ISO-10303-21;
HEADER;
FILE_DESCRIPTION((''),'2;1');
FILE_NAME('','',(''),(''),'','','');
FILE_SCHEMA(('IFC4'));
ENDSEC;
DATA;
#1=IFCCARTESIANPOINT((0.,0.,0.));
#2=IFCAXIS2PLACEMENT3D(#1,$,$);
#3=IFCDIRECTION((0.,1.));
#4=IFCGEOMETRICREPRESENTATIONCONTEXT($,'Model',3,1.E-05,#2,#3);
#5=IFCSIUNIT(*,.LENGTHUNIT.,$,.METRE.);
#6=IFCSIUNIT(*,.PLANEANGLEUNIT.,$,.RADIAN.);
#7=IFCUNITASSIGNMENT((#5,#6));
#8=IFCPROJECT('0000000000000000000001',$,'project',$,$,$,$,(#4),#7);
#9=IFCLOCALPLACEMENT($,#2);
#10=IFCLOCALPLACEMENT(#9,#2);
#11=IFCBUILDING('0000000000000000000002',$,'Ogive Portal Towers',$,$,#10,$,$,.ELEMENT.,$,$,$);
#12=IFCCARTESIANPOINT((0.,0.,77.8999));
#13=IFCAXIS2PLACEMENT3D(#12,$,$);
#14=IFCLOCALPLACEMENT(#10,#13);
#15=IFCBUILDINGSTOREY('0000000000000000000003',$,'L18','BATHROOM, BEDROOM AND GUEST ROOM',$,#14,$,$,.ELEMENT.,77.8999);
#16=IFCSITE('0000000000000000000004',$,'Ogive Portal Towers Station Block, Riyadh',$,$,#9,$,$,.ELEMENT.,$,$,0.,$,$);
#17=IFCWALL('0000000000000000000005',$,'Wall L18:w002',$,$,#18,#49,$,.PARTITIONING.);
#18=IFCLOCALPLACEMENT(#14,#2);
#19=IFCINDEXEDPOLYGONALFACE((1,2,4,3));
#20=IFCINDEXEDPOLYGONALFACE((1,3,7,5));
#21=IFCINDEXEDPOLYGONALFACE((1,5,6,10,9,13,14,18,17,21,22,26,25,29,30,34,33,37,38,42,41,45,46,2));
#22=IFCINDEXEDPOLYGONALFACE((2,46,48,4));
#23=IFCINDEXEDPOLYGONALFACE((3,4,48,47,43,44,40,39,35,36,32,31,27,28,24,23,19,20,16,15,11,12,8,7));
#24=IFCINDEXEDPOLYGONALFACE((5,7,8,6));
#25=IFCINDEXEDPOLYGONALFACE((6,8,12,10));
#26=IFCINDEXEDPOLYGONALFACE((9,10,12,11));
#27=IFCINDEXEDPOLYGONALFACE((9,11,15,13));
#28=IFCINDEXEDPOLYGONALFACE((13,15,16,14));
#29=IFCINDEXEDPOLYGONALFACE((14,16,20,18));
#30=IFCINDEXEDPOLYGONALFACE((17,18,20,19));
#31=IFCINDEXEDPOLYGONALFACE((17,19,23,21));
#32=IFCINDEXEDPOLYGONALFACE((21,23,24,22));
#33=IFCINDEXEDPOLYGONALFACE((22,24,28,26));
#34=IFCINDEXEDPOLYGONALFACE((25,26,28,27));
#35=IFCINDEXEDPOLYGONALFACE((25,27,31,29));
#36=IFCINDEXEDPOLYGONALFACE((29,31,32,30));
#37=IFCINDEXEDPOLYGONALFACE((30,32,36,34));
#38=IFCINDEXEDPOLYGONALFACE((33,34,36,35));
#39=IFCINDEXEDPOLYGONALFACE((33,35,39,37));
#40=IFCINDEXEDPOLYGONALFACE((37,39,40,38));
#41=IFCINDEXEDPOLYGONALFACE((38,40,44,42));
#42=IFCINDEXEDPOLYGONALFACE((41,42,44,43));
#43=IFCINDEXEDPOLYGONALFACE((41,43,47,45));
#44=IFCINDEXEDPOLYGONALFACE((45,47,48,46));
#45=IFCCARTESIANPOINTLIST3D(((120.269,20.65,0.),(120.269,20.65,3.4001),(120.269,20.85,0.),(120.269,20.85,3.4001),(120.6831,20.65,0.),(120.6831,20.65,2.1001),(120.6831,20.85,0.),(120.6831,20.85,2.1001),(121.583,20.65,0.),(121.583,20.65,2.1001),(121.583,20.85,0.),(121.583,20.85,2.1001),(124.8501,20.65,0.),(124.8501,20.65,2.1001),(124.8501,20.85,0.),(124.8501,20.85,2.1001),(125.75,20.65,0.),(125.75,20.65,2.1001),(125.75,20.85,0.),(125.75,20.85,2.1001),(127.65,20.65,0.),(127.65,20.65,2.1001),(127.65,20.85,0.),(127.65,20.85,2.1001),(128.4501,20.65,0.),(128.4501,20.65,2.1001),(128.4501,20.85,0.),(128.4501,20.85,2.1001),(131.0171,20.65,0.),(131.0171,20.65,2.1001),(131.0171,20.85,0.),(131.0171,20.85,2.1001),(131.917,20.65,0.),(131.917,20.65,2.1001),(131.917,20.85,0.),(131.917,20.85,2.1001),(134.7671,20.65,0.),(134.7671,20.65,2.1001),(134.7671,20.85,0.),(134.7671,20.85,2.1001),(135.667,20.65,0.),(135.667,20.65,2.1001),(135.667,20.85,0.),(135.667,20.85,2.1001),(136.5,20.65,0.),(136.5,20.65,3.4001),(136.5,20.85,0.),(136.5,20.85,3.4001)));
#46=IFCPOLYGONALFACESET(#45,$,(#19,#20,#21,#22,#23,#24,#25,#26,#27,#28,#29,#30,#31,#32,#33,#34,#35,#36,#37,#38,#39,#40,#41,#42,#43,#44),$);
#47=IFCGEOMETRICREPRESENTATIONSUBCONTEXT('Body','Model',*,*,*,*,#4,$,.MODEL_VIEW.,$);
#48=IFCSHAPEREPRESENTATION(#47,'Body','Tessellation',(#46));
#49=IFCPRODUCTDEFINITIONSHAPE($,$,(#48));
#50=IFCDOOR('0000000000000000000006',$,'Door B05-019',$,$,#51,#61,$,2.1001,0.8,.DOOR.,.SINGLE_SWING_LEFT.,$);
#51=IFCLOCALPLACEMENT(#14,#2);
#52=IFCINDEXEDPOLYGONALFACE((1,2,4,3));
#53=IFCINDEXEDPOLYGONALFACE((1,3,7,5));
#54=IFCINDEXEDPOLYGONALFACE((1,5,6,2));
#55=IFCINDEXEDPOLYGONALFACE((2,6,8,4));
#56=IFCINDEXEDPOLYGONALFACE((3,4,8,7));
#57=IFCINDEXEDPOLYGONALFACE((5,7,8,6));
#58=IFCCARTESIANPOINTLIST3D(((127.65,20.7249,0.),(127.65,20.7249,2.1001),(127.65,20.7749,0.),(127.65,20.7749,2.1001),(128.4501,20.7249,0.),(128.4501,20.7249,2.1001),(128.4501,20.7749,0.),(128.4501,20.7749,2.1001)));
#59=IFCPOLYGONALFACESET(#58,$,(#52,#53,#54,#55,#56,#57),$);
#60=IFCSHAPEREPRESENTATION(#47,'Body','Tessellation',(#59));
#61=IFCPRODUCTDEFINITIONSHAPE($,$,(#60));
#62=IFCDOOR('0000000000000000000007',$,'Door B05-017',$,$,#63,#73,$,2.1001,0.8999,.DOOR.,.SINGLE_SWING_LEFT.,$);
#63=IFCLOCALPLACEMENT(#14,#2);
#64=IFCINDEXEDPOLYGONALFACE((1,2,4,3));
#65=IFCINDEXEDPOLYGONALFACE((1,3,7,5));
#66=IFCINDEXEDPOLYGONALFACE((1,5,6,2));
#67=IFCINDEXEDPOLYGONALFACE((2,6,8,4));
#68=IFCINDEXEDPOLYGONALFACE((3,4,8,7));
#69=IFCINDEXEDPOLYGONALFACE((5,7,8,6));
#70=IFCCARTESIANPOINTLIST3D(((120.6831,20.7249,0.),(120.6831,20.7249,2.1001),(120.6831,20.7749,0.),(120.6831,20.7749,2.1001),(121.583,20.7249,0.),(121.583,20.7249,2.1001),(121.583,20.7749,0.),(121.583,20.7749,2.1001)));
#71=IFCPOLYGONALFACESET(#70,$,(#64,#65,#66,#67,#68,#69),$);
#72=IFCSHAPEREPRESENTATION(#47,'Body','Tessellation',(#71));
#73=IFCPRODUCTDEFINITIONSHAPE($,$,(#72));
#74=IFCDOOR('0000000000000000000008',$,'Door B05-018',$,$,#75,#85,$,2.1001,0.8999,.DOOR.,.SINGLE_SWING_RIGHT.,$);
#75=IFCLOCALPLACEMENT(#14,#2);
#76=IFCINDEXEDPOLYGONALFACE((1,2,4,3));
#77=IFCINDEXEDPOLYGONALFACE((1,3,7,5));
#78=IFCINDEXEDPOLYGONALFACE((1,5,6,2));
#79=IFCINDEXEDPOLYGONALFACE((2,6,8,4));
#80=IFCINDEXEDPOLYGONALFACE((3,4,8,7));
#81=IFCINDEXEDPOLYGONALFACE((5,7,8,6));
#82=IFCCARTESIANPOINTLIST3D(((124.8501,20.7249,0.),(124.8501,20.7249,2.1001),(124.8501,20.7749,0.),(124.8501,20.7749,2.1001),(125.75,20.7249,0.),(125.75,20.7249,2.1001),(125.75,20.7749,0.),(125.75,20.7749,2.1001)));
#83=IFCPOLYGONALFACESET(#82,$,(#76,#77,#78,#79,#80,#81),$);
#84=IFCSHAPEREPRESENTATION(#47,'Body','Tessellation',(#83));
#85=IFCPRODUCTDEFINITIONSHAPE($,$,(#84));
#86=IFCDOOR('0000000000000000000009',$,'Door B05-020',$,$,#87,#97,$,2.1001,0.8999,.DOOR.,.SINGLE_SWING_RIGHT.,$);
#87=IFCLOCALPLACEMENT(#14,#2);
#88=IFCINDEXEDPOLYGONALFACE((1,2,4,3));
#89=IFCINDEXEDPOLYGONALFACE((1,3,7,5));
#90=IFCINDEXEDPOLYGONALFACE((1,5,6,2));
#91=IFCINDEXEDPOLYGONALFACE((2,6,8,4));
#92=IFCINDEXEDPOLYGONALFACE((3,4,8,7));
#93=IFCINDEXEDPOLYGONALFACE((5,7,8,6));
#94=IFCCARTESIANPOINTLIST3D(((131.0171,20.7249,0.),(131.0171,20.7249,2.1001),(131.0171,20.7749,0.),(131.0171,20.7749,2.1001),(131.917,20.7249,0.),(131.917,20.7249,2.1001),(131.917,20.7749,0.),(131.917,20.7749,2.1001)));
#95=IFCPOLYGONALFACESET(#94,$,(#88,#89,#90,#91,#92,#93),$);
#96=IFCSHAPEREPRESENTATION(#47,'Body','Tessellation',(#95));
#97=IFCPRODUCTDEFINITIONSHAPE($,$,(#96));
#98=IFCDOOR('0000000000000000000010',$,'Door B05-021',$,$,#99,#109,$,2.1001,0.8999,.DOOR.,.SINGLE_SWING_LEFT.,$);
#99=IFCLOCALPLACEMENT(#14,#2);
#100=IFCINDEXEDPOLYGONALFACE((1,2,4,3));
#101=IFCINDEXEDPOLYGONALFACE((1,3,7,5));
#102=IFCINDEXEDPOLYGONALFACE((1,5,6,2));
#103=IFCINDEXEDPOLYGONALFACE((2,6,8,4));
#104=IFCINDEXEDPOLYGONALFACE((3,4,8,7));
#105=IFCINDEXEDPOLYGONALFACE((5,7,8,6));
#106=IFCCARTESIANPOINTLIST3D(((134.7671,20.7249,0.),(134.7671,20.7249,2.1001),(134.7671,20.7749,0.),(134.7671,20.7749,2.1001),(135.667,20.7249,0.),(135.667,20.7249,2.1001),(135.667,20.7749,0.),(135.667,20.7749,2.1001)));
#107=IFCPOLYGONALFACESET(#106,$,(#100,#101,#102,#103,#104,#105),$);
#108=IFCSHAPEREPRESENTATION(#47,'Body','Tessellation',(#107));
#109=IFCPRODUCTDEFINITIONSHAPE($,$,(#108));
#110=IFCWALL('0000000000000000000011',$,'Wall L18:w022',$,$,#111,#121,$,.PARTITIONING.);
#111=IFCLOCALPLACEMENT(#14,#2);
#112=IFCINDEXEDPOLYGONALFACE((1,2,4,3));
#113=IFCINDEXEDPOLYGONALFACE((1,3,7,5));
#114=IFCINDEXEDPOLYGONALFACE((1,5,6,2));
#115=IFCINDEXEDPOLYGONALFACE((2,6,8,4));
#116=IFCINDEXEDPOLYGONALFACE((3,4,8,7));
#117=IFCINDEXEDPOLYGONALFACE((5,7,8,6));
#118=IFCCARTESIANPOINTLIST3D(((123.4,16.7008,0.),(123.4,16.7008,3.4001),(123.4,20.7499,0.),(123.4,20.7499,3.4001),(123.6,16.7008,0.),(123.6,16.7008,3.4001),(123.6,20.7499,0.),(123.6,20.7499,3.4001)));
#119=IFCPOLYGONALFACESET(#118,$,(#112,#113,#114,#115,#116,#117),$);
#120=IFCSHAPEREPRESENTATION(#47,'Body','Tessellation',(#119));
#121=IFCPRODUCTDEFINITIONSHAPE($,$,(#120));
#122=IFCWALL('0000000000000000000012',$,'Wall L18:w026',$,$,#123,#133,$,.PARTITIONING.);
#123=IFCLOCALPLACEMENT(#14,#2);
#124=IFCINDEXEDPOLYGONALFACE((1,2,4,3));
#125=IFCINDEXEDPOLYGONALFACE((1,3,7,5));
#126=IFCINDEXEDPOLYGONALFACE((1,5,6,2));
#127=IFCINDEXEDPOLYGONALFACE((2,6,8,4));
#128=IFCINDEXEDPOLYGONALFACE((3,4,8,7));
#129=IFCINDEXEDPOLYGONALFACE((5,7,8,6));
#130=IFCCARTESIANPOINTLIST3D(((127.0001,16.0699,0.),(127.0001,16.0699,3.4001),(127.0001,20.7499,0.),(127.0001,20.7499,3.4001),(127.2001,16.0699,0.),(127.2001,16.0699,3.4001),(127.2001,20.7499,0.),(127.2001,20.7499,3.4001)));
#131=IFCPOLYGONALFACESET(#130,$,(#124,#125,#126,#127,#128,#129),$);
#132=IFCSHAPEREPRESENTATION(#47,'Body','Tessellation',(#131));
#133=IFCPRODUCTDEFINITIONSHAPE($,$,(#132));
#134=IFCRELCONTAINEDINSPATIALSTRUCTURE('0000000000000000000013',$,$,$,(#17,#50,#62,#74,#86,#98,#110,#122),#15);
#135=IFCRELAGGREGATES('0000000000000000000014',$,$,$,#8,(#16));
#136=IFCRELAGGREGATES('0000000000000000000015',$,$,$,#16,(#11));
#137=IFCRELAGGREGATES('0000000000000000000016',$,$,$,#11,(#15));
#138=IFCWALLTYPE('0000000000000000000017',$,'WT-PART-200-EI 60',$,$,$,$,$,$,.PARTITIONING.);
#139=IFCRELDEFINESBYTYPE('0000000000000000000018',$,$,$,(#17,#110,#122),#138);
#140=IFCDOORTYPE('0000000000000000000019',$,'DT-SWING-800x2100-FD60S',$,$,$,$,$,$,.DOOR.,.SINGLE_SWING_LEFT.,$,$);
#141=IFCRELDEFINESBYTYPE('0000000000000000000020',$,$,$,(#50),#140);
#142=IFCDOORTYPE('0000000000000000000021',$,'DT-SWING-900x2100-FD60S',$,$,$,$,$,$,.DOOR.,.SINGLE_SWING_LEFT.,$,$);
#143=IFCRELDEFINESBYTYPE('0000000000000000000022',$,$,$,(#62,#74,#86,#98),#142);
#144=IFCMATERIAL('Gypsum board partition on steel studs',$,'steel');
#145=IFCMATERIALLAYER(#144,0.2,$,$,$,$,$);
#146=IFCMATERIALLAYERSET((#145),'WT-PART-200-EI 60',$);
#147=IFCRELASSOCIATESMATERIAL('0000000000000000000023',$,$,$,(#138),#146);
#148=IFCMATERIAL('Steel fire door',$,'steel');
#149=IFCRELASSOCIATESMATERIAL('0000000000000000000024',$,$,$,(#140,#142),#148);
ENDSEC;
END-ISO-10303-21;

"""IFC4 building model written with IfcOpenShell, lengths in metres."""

from ifc_helpers import new_model, si_unit, direction, frame, frame_2d, origin, place, context, subcontext, project, spatial, rectangle, extrude, material, layer, layer_set, type_object, element, fill, save


model = new_model("IFC4")

# Units and contexts
model_context = context("Model", 3, precision=1e-05, world=origin(), true_north=direction((0.0, 1.0)))
body_context = subcontext(model_context, "Body", "Model", "MODEL_VIEW")
ifc_project = project(units=[si_unit("LENGTHUNIT", "METRE"), si_unit("PLANEANGLEUNIT", "RADIAN")], contexts=[model_context])

# Site, building, storey
site_placement = place(None, origin())
site = spatial("IfcSite", under=ifc_project, at=site_placement, Name="Ogive Portal Towers Station Block, Riyadh", CompositionType="ELEMENT", RefElevation=0.0)
building_placement = place(site_placement, origin())
building = spatial("IfcBuilding", under=site, at=building_placement, Name="Ogive Portal Towers", CompositionType="ELEMENT")
storey_placement = place(building_placement, frame((0.0, 0.0, 77.8999)))
storey = spatial("IfcBuildingStorey", under=building, at=storey_placement, Name="L18", Description="BATHROOM, BEDROOM AND GUEST ROOM", CompositionType="ELEMENT", Elevation=77.8999)

# Wall, openings, doors
ifc_material_1 = material(Name="Gypsum board partition on steel studs", Category="steel")
ifc_layer_1 = layer(ifc_material_1, 0.2)
ifc_layer_set_1 = layer_set([ifc_layer_1], Name="WT-PART-200-EI 60")
wall_type = type_object("IfcWallType", Name="WT-PART-200-EI 60", PredefinedType="PARTITIONING", material=ifc_layer_set_1)
wall_1_placement = place(storey_placement, frame((120.269, 20.75, 0.0), z_axis=(0.0, 0.0, 1.0), x_axis=(1.0, 0.0, 0.0)))
wall_1 = element("IfcWall", 1, at=wall_1_placement, inside=storey, type_object=wall_type, Name="Wall L18:w002", PredefinedType="PARTITIONING", context=body_context, shape_type="SweptSolid", body=[
    extrude(rectangle(XDim=16.231, YDim=0.2, at=frame_2d((8.1155, 0.0))), origin(), (0.0, 0.0, 1.0), 3.4001),
])
opening_1_placement = place(wall_1_placement, frame((0.4141, 0.0, 0.0)))
opening_1 = element("IfcOpeningElement", 2, at=opening_1_placement, cuts=wall_1, PredefinedType="OPENING", context=body_context, shape_type="SweptSolid", body=[
    extrude(rectangle(XDim=0.8999, YDim=2.1001, at=frame_2d((0.45, 1.05))), frame((0.0, 0.1099, 0.0), z_axis=(0.0, -1.0, 0.0), x_axis=(1.0, 0.0, 0.0)), (0.0, 0.0, 1.0), 0.22),
])
opening_2_placement = place(wall_1_placement, frame((4.5811, 0.0, 0.0)))
opening_2 = element("IfcOpeningElement", 3, at=opening_2_placement, cuts=wall_1, PredefinedType="OPENING", context=body_context, shape_type="SweptSolid", body=[
    extrude(rectangle(XDim=0.8999, YDim=2.1001, at=frame_2d((0.45, 1.05))), frame((0.0, 0.1099, 0.0), z_axis=(0.0, -1.0, 0.0), x_axis=(1.0, 0.0, 0.0)), (0.0, 0.0, 1.0), 0.22),
])
opening_3_placement = place(wall_1_placement, frame((7.3811, 0.0, 0.0)))
opening_3 = element("IfcOpeningElement", 4, at=opening_3_placement, cuts=wall_1, PredefinedType="OPENING", context=body_context, shape_type="SweptSolid", body=[
    extrude(rectangle(XDim=0.8, YDim=2.1001, at=frame_2d((0.3999, 1.05))), frame((0.0, 0.1099, 0.0), z_axis=(0.0, -1.0, 0.0), x_axis=(1.0, 0.0, 0.0)), (0.0, 0.0, 1.0), 0.22),
])
opening_4_placement = place(wall_1_placement, frame((10.748, 0.0, 0.0)))
opening_4 = element("IfcOpeningElement", 5, at=opening_4_placement, cuts=wall_1, PredefinedType="OPENING", context=body_context, shape_type="SweptSolid", body=[
    extrude(rectangle(XDim=0.8999, YDim=2.1001, at=frame_2d((0.45, 1.05))), frame((0.0, 0.1099, 0.0), z_axis=(0.0, -1.0, 0.0), x_axis=(1.0, 0.0, 0.0)), (0.0, 0.0, 1.0), 0.22),
])
opening_5_placement = place(wall_1_placement, frame((14.498, 0.0, 0.0)))
opening_5 = element("IfcOpeningElement", 6, at=opening_5_placement, cuts=wall_1, PredefinedType="OPENING", context=body_context, shape_type="SweptSolid", body=[
    extrude(rectangle(XDim=0.8999, YDim=2.1001, at=frame_2d((0.45, 1.05))), frame((0.0, 0.1099, 0.0), z_axis=(0.0, -1.0, 0.0), x_axis=(1.0, 0.0, 0.0)), (0.0, 0.0, 1.0), 0.22),
])
ifc_material_2 = material(Name="Steel fire door", Category="steel")
door_type_1 = type_object("IfcDoorType", Name="DT-SWING-800x2100-FD60S", OperationType="SINGLE_SWING_LEFT", PredefinedType="DOOR", material=ifc_material_2)
door_1_placement = place(opening_3_placement, origin())
door_1 = element("IfcDoor", 7, at=door_1_placement, inside=storey, type_object=door_type_1, Name="Door B05-019", OperationType="SINGLE_SWING_LEFT", OverallHeight=2.1001, OverallWidth=0.8, PredefinedType="DOOR", context=body_context, shape_type="SweptSolid", body=[
    extrude(rectangle(XDim=0.8, YDim=2.1001, at=frame_2d((0.3999, 1.05))), frame((0.0, 0.0249, 0.0), z_axis=(0.0, -1.0, 0.0), x_axis=(1.0, 0.0, 0.0)), (0.0, 0.0, 1.0), 0.05),
])
fill(opening_3, door_1)
door_type_2 = type_object("IfcDoorType", Name="DT-SWING-900x2100-FD60S", OperationType="SINGLE_SWING_LEFT", PredefinedType="DOOR", material=ifc_material_2)
door_2_placement = place(opening_1_placement, origin())
door_2 = element("IfcDoor", 8, at=door_2_placement, inside=storey, type_object=door_type_2, Name="Door B05-017", OperationType="SINGLE_SWING_LEFT", OverallHeight=2.1001, OverallWidth=0.8999, PredefinedType="DOOR", context=body_context, shape_type="SweptSolid", body=[
    extrude(rectangle(XDim=0.8999, YDim=2.1001, at=frame_2d((0.45, 1.05))), frame((0.0, 0.0249, 0.0), z_axis=(0.0, -1.0, 0.0), x_axis=(1.0, 0.0, 0.0)), (0.0, 0.0, 1.0), 0.05),
])
fill(opening_1, door_2)
door_3_placement = place(opening_2_placement, origin())
door_3 = element("IfcDoor", 9, at=door_3_placement, inside=storey, type_object=door_type_2, Name="Door B05-018", OperationType="SINGLE_SWING_RIGHT", OverallHeight=2.1001, OverallWidth=0.8999, PredefinedType="DOOR", context=body_context, shape_type="SweptSolid", body=[
    extrude(rectangle(XDim=0.8999, YDim=2.1001, at=frame_2d((0.45, 1.05))), frame((0.0, 0.0249, 0.0), z_axis=(0.0, -1.0, 0.0), x_axis=(1.0, 0.0, 0.0)), (0.0, 0.0, 1.0), 0.05),
])
fill(opening_2, door_3)
door_4_placement = place(opening_4_placement, origin())
door_4 = element("IfcDoor", 10, at=door_4_placement, inside=storey, type_object=door_type_2, Name="Door B05-020", OperationType="SINGLE_SWING_RIGHT", OverallHeight=2.1001, OverallWidth=0.8999, PredefinedType="DOOR", context=body_context, shape_type="SweptSolid", body=[
    extrude(rectangle(XDim=0.8999, YDim=2.1001, at=frame_2d((0.45, 1.05))), frame((0.0, 0.0249, 0.0), z_axis=(0.0, -1.0, 0.0), x_axis=(1.0, 0.0, 0.0)), (0.0, 0.0, 1.0), 0.05),
])
fill(opening_4, door_4)
door_5_placement = place(opening_5_placement, origin())
door_5 = element("IfcDoor", 11, at=door_5_placement, inside=storey, type_object=door_type_2, Name="Door B05-021", OperationType="SINGLE_SWING_LEFT", OverallHeight=2.1001, OverallWidth=0.8999, PredefinedType="DOOR", context=body_context, shape_type="SweptSolid", body=[
    extrude(rectangle(XDim=0.8999, YDim=2.1001, at=frame_2d((0.45, 1.05))), frame((0.0, 0.0249, 0.0), z_axis=(0.0, -1.0, 0.0), x_axis=(1.0, 0.0, 0.0)), (0.0, 0.0, 1.0), 0.05),
])
fill(opening_5, door_5)

# Walls
wall_2_placement = place(storey_placement, frame((123.5, 16.7009, 0.0), z_axis=(0.0, 0.0, 1.0), x_axis=(0.0, 1.0, 0.0)))
element("IfcWall", 12, at=wall_2_placement, inside=storey, type_object=wall_type, Name="Wall L18:w022", PredefinedType="PARTITIONING", context=body_context, shape_type="SweptSolid", body=[
    extrude(rectangle(XDim=4.0491, YDim=0.2, at=frame_2d((2.0244, 0.0))), origin(), (0.0, 0.0, 1.0), 3.4001),
])
wall_3_placement = place(storey_placement, frame((127.1001, 16.0701, 0.0), z_axis=(0.0, 0.0, 1.0), x_axis=(0.0, 1.0, 0.0)))
element("IfcWall", 13, at=wall_3_placement, inside=storey, type_object=wall_type, Name="Wall L18:w026", PredefinedType="PARTITIONING", context=body_context, shape_type="SweptSolid", body=[
    extrude(rectangle(XDim=4.6799, YDim=0.2, at=frame_2d((2.3398, 0.0))), origin(), (0.0, 0.0, 1.0), 3.4001),
])

save(model, "model.ifc")
